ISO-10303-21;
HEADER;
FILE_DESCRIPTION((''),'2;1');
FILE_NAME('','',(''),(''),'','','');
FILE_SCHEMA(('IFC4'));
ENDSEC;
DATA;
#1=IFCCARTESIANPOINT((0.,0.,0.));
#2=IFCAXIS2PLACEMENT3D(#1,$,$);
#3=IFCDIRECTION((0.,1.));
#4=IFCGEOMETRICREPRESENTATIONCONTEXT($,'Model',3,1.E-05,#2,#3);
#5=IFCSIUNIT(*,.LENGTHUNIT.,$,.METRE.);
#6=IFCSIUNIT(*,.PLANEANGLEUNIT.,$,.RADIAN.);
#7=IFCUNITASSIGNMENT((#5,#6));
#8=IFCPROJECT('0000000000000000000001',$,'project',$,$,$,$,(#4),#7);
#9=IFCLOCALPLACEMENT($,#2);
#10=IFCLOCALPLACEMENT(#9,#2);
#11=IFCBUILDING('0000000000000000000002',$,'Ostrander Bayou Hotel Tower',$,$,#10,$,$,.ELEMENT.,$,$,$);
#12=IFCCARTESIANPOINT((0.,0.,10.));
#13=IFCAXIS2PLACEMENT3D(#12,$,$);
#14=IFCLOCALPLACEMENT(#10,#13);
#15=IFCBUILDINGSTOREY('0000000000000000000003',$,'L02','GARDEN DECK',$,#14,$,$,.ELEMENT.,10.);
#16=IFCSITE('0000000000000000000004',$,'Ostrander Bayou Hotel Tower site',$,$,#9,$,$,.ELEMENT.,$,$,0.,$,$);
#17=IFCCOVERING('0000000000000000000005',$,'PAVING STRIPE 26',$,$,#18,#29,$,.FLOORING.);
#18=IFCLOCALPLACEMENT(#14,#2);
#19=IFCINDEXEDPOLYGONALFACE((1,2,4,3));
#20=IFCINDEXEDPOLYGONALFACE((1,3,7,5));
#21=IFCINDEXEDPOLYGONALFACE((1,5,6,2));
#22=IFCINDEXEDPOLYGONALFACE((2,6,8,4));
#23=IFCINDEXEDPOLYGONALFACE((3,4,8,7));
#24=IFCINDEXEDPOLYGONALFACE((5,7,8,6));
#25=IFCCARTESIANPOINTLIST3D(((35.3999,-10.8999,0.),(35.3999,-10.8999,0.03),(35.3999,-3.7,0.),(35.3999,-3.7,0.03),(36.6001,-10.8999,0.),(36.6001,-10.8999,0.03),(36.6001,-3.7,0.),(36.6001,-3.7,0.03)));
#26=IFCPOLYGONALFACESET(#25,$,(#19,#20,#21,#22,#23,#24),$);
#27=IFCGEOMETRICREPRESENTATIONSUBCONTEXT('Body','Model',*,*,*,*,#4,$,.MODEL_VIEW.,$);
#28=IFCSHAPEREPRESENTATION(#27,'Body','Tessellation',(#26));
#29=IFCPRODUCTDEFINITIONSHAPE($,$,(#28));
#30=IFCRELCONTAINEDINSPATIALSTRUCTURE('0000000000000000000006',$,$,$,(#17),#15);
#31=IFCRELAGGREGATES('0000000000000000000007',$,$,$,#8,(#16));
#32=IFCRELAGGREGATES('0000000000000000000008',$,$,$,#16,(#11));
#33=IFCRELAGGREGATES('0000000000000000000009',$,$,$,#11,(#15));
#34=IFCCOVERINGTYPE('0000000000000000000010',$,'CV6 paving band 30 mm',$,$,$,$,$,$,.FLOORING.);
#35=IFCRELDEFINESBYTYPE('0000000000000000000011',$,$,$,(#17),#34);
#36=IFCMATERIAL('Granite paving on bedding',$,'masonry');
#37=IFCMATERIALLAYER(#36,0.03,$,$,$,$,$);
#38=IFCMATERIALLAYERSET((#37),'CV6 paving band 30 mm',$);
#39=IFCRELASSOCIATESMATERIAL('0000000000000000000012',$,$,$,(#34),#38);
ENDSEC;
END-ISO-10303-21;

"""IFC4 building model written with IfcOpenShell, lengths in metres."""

from ifc_helpers import new_model, si_unit, direction, frame, origin, place, context, subcontext, project, spatial, polyline, outline, extrude, material, layer, layer_set, type_object, element, save


model = new_model("IFC4")

# Units and contexts
model_context = context("Model", 3, precision=1e-05, world=origin(), true_north=direction((0.0, 1.0)))
body_context = subcontext(model_context, "Body", "Model", "MODEL_VIEW")
ifc_project = project(units=[si_unit("LENGTHUNIT", "METRE"), si_unit("PLANEANGLEUNIT", "RADIAN")], contexts=[model_context])

# Site, building, storey
site_placement = place(None, origin())
site = spatial("IfcSite", under=ifc_project, at=site_placement, Name="Ostrander Bayou Hotel Tower site", CompositionType="ELEMENT", RefElevation=0.0)
building_placement = place(site_placement, origin())
building = spatial("IfcBuilding", under=site, at=building_placement, Name="Ostrander Bayou Hotel Tower", CompositionType="ELEMENT")
storey_placement = place(building_placement, frame((0.0, 0.0, 10.0)))
storey = spatial("IfcBuildingStorey", under=building, at=storey_placement, Name="L02", Description="GARDEN DECK", CompositionType="ELEMENT", Elevation=10.0)

# Covering
ifc_material_1 = material(Name="Granite paving on bedding", Category="masonry")
ifc_layer_1 = layer(ifc_material_1, 0.03)
ifc_layer_set_1 = layer_set([ifc_layer_1], Name="CV6 paving band 30 mm")
covering_type = type_object("IfcCoveringType", Name="CV6 paving band 30 mm", PredefinedType="FLOORING", material=ifc_layer_set_1)
covering_1_placement = place(storey_placement, origin())
element("IfcCovering", 1, at=covering_1_placement, inside=storey, type_object=covering_type, Name="PAVING STRIPE 26", PredefinedType="FLOORING", context=body_context, shape_type="SweptSolid", body=[
    extrude(outline(polyline([(36.6001, -10.8999), (35.3999, -10.8999), (35.3999, -3.7), (36.6001, -3.7), (36.6001, -10.8999)])), origin(), (0.0, 0.0, 1.0), 0.03),
])

save(model, "model.ifc")
